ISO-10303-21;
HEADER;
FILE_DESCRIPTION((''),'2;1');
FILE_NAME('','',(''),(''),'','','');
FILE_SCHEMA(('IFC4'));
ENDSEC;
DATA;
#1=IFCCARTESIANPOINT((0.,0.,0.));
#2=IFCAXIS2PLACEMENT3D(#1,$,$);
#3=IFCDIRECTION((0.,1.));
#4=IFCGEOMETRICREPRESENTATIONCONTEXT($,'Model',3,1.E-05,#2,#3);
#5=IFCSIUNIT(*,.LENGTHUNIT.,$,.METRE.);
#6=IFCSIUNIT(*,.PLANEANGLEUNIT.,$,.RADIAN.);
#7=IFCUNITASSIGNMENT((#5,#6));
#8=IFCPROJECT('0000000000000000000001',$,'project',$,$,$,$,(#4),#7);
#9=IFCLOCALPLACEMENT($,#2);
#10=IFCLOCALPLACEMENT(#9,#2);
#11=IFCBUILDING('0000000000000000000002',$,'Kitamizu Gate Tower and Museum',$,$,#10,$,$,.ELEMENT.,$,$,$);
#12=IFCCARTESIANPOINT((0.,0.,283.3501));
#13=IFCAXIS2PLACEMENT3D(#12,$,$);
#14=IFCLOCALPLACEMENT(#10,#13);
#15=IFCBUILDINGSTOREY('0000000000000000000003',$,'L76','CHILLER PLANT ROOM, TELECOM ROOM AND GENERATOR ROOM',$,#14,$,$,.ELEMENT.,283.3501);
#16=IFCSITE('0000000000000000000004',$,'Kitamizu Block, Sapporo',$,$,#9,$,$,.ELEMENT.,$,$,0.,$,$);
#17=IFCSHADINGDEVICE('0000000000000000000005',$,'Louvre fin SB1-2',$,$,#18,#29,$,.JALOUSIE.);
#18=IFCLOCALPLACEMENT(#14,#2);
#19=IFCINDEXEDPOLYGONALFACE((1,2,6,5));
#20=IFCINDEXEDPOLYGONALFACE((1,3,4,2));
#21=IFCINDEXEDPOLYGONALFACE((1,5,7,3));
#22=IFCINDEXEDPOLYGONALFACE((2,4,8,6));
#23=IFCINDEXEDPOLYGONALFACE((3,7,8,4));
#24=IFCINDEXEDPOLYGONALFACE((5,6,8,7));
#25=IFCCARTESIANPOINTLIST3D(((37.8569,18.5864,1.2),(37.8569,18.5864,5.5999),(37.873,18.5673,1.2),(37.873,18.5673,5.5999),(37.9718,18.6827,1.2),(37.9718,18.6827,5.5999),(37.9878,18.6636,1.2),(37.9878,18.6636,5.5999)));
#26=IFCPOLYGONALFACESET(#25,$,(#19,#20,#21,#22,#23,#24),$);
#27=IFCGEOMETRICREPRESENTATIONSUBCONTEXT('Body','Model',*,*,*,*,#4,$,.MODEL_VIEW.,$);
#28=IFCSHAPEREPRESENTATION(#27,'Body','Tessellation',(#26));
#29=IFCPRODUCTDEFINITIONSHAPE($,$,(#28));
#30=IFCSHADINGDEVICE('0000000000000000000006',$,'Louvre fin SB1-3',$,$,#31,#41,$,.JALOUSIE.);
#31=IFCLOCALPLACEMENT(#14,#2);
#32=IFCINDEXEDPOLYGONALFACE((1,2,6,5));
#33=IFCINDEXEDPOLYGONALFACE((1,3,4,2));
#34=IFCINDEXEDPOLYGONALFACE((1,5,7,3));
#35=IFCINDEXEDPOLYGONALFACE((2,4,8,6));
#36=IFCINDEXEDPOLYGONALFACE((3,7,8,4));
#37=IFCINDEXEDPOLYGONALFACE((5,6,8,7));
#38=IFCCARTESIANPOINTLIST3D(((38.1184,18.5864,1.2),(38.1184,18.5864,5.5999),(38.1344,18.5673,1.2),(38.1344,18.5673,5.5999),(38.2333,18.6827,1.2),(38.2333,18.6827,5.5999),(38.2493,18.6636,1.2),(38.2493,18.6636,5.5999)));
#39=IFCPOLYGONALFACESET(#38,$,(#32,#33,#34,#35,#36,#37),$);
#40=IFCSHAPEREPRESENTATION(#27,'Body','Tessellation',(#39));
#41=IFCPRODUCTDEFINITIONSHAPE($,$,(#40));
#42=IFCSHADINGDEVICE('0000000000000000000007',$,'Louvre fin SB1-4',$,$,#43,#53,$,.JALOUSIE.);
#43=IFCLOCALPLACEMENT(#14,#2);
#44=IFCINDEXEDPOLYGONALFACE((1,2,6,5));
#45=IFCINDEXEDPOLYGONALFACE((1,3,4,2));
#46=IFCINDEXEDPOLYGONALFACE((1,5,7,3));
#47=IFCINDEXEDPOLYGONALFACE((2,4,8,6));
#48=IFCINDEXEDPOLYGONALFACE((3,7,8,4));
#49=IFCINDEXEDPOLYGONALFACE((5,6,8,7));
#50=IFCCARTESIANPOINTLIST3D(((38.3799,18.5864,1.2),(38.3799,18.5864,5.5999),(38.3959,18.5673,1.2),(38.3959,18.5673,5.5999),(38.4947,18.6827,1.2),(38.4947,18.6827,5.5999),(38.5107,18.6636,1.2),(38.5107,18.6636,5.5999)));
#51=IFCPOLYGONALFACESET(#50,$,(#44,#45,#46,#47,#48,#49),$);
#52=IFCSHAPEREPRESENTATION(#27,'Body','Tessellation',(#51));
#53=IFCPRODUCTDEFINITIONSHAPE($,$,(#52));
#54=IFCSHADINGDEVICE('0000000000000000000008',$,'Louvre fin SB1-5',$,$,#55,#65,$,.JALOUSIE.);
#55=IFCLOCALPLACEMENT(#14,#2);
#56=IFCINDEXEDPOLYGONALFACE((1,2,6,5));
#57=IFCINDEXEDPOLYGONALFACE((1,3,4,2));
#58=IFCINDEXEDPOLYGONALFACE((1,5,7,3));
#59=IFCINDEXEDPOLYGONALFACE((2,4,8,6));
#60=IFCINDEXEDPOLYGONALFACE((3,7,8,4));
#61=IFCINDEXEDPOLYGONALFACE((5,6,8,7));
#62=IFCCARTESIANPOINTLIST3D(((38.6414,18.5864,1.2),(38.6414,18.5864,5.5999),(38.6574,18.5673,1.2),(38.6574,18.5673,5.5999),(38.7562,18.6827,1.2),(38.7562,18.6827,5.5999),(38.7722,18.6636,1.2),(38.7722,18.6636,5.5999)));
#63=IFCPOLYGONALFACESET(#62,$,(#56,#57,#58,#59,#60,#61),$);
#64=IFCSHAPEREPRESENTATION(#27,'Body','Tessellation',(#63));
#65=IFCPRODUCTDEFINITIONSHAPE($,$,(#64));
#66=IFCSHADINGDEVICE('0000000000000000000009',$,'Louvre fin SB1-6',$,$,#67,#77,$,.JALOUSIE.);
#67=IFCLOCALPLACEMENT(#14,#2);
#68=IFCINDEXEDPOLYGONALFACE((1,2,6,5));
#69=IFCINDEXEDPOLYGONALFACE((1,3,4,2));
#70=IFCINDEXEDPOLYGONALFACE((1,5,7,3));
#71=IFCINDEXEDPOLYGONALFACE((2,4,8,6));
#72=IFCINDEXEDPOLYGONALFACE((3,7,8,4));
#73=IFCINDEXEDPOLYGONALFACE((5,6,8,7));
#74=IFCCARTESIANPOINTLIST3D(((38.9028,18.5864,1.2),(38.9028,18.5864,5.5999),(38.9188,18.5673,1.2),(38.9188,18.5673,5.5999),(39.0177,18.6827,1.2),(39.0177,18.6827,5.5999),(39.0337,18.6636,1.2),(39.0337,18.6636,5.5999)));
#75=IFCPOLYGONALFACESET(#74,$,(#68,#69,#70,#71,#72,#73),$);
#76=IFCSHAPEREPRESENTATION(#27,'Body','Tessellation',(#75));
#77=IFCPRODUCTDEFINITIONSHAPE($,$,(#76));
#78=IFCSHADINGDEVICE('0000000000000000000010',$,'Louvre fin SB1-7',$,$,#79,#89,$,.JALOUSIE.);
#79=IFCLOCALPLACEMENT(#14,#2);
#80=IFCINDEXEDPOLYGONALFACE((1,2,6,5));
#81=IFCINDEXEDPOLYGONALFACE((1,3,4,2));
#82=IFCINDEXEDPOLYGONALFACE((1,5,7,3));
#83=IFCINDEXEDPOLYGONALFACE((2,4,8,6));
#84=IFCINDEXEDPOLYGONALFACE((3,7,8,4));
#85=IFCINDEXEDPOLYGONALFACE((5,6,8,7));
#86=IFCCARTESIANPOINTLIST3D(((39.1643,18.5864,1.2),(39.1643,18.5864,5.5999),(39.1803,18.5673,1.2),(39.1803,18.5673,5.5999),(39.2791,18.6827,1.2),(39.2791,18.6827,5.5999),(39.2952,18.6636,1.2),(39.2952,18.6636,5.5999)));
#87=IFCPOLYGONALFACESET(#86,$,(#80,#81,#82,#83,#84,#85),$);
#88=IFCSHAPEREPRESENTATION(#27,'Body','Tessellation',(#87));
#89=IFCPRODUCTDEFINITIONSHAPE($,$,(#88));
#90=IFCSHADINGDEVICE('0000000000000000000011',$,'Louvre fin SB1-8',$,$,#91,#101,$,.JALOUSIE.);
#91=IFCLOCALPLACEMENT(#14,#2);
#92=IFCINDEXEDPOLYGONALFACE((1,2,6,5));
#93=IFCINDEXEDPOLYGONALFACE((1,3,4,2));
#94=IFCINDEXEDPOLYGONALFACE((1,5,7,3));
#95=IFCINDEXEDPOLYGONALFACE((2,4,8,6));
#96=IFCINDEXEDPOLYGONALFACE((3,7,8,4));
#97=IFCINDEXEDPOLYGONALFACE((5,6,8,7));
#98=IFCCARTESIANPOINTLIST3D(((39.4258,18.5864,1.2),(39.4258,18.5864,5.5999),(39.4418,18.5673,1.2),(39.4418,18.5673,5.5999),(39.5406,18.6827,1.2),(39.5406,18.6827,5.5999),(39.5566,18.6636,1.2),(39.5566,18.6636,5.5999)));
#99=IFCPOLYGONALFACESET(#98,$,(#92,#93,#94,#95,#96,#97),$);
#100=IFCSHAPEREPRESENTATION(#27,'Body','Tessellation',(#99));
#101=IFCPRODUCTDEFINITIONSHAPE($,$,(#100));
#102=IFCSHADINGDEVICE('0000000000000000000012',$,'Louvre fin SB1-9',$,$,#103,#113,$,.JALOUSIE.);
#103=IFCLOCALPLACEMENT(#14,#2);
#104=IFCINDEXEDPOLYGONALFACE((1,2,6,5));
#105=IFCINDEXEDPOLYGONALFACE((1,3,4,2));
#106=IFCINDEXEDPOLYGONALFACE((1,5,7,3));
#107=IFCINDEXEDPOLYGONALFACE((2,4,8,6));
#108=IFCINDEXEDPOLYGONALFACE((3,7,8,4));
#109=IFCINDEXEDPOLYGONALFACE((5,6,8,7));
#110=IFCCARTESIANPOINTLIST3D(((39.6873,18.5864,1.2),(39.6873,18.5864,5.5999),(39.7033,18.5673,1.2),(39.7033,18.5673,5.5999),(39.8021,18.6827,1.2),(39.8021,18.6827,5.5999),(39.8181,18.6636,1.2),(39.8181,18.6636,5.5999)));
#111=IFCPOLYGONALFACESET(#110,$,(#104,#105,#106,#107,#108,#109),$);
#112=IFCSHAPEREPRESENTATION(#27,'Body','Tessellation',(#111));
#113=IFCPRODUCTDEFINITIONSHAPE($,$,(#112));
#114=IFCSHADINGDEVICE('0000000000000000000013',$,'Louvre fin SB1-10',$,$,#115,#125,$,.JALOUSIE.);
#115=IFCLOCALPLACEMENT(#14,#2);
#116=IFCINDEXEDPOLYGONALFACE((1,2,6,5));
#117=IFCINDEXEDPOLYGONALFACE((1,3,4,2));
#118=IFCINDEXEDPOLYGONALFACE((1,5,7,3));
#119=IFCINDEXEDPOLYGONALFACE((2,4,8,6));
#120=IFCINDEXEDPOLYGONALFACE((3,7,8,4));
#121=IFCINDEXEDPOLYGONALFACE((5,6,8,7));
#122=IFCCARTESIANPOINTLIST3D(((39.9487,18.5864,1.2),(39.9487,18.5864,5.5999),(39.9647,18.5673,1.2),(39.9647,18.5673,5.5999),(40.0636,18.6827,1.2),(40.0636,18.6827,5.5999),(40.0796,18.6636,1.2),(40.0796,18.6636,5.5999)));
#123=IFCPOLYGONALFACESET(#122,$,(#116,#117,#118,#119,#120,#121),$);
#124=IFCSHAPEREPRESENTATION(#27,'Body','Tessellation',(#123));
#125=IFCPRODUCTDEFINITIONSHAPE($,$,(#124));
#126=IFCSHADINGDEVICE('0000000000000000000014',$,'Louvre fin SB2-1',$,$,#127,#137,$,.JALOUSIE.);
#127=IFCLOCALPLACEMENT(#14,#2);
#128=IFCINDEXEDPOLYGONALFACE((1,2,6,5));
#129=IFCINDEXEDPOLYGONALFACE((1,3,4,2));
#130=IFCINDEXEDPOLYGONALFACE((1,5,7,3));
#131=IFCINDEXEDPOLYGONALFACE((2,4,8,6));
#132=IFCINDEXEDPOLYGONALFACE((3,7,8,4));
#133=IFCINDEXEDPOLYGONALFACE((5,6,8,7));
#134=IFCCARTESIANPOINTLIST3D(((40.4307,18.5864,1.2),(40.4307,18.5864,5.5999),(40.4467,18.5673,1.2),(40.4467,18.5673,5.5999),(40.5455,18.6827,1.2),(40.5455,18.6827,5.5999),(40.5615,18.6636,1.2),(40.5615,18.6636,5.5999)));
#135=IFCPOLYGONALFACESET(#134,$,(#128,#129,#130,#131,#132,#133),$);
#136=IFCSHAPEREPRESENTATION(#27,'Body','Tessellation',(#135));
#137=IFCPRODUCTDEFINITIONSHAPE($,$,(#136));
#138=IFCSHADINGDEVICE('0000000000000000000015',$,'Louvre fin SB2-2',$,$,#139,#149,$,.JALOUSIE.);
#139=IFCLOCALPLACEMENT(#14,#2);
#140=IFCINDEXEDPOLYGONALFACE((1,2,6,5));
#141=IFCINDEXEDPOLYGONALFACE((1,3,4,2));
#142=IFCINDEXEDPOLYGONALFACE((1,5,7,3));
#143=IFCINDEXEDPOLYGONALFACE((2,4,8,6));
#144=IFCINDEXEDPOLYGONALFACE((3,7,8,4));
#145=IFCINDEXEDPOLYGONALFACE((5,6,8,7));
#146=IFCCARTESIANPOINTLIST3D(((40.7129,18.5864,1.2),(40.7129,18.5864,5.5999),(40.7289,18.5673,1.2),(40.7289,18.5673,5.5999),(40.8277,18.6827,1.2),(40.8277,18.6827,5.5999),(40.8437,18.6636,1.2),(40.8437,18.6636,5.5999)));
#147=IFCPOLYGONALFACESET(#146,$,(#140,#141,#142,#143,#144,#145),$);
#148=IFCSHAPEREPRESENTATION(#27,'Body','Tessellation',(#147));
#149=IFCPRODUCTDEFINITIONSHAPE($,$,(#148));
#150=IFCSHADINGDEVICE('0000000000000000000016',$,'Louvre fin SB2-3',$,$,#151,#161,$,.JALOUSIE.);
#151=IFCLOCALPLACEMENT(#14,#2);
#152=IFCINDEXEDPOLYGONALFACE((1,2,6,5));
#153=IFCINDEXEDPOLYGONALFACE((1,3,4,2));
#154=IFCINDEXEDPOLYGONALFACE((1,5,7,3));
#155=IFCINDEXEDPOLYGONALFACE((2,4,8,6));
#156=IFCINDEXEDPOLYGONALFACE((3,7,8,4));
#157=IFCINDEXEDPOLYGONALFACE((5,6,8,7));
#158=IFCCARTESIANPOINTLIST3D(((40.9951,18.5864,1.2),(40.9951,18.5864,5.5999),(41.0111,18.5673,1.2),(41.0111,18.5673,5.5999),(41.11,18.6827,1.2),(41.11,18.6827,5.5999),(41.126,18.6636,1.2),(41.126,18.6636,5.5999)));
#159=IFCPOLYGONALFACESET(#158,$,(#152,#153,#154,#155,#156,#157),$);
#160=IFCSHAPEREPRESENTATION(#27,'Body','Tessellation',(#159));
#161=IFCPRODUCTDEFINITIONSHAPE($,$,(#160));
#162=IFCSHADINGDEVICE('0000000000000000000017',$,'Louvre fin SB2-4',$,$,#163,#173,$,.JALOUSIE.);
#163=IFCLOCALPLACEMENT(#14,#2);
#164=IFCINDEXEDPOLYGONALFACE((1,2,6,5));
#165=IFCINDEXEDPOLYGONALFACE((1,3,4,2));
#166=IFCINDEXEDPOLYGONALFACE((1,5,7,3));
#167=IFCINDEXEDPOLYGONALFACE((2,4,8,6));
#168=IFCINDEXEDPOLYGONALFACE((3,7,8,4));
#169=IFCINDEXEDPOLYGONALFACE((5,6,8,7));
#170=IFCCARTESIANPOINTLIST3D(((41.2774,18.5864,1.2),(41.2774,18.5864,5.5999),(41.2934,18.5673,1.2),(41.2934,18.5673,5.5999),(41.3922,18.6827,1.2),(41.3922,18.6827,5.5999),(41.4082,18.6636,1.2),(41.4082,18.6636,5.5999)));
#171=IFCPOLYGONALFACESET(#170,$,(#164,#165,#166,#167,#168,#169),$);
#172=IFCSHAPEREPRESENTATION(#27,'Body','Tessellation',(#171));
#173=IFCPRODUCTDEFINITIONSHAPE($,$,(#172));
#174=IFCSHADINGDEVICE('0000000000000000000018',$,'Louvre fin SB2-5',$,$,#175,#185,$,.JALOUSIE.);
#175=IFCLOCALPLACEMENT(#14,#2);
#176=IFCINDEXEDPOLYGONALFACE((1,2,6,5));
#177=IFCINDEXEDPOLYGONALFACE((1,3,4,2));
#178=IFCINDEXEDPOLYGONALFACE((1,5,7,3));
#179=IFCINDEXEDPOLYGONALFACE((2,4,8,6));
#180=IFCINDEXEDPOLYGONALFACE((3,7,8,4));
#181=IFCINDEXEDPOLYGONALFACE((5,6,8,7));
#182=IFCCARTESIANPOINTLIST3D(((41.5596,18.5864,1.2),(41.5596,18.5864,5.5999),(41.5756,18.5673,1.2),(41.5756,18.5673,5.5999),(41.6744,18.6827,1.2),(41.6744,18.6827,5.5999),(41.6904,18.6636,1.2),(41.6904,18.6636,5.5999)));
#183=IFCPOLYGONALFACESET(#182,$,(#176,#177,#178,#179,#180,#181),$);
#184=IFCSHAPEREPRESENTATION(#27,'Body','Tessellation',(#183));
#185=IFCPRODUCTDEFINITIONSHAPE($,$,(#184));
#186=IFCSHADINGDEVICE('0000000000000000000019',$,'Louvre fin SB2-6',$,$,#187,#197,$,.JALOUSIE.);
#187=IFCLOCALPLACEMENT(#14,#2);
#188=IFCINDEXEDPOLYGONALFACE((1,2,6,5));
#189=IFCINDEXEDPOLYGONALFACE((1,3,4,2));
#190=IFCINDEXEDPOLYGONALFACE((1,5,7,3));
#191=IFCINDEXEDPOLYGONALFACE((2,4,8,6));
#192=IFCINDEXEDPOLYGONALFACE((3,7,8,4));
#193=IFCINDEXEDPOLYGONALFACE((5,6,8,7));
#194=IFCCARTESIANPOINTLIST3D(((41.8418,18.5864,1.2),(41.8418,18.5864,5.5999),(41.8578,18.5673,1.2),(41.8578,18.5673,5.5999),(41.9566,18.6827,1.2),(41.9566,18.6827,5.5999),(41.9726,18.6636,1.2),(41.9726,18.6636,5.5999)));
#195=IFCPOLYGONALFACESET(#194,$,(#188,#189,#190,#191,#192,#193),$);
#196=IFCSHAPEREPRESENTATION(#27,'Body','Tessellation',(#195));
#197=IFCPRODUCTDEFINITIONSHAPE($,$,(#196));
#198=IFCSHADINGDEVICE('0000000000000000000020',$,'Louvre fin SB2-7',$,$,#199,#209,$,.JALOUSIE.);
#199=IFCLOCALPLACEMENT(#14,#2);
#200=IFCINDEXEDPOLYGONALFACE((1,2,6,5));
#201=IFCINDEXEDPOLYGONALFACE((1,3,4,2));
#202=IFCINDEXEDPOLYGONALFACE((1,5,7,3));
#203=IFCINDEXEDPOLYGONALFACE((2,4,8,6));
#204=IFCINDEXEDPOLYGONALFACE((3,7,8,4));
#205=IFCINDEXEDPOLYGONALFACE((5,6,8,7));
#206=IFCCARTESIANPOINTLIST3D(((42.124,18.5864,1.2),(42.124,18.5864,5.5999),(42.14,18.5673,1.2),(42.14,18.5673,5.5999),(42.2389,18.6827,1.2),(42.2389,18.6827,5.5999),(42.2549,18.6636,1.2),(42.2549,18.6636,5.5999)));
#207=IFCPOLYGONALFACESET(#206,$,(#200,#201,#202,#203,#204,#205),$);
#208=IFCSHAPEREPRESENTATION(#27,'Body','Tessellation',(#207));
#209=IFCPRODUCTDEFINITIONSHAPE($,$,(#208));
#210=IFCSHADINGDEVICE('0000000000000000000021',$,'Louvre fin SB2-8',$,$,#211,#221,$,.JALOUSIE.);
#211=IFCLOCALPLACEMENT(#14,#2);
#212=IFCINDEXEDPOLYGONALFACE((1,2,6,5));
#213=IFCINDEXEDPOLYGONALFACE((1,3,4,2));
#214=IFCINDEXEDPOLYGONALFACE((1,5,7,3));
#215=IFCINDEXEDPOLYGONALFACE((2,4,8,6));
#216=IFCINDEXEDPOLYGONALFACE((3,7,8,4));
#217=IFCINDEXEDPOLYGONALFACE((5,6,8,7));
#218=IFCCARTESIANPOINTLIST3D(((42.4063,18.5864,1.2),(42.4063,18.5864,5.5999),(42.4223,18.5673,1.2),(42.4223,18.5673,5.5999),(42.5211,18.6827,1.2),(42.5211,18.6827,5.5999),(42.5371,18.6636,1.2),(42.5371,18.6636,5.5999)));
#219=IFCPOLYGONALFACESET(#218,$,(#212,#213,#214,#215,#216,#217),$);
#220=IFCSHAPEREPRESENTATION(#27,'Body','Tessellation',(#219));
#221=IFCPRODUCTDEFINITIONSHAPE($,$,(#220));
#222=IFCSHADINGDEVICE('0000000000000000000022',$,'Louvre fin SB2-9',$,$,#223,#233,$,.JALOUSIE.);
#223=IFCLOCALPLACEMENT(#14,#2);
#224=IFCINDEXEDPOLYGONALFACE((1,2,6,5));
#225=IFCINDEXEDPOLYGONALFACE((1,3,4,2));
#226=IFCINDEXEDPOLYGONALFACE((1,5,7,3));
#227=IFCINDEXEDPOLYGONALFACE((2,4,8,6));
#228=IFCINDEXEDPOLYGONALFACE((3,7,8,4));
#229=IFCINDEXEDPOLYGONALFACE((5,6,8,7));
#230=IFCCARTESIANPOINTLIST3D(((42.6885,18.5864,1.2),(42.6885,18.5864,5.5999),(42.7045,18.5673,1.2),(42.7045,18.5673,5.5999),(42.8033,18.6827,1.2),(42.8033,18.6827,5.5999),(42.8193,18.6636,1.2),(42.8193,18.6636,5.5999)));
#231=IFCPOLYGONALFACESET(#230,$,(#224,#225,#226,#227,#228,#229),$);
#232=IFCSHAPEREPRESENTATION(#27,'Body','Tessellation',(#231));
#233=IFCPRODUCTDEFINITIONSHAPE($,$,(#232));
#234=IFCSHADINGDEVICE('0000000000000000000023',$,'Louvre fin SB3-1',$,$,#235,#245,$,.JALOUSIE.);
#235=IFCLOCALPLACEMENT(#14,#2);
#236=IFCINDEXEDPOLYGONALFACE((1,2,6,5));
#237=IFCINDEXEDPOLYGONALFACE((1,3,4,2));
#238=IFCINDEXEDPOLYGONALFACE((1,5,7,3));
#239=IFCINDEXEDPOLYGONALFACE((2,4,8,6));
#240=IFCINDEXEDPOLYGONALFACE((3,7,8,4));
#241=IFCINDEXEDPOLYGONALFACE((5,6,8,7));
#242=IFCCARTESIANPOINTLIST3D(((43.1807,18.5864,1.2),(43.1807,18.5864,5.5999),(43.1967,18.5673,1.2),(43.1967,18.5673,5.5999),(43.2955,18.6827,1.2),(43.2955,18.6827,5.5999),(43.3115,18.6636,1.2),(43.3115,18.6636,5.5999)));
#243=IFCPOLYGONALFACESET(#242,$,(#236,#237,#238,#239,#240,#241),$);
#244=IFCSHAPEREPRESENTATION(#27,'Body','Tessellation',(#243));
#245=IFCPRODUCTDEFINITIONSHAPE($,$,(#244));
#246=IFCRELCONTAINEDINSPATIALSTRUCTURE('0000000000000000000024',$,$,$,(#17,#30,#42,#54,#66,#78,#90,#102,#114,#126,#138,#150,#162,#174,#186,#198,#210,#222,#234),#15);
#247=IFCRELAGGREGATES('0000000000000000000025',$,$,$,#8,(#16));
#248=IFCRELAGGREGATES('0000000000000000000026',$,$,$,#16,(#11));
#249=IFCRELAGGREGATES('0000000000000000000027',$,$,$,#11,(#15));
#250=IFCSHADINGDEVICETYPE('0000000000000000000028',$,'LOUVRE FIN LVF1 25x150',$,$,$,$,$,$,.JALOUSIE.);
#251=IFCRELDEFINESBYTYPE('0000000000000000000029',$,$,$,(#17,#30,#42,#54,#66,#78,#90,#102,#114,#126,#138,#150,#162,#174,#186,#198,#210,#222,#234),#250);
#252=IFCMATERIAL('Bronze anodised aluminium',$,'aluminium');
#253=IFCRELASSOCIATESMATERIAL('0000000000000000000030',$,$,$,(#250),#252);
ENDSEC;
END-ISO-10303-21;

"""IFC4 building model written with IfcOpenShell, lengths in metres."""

from ifc_helpers import new_model, si_unit, direction, frame, origin, origin_2d, place, context, subcontext, project, spatial, rectangle, extrude, material, material_profile, profile_set, type_object, element, save


model = new_model("IFC4")

# Units and contexts
model_context = context("Model", 3, precision=1e-05, world=origin(), true_north=direction((0.0, 1.0)))
body_context = subcontext(model_context, "Body", "Model", "MODEL_VIEW")
ifc_project = project(units=[si_unit("LENGTHUNIT", "METRE"), si_unit("PLANEANGLEUNIT", "RADIAN")], contexts=[model_context])

# Site, building, storey
site_placement = place(None, origin())
site = spatial("IfcSite", under=ifc_project, at=site_placement, Name="Kitamizu Block, Sapporo", CompositionType="ELEMENT", RefElevation=0.0)
building_placement = place(site_placement, origin())
building = spatial("IfcBuilding", under=site, at=building_placement, Name="Kitamizu Gate Tower and Museum", CompositionType="ELEMENT")
storey_placement = place(building_placement, frame((0.0, 0.0, 283.3501)))
storey = spatial("IfcBuildingStorey", under=building, at=storey_placement, Name="L76", Description="CHILLER PLANT ROOM, TELECOM ROOM AND GENERATOR ROOM", CompositionType="ELEMENT", Elevation=283.3501)

# Shading devices
ifc_material_1 = material(Name="Bronze anodised aluminium", Category="aluminium")
ifc_material_profile_1 = material_profile(ifc_material_1, rectangle(XDim=0.1499, YDim=0.0249, at=origin_2d()), Name="AL 25x150")
ifc_profile_set_1 = profile_set([ifc_material_profile_1], Name="Bronze anodised aluminium")
shading_device_type = type_object("IfcShadingDeviceType", Name="LOUVRE FIN LVF1 25x150", PredefinedType="JALOUSIE", material=ifc_profile_set_1)
for number, where, z_axis, x_axis, name in (
    (1, (37.9224, 18.625, 1.2), (0.0, 0.0, 1.0), (0.766044, 0.642788, 0.0), "Louvre fin SB1-2"),
    (2, (38.1838, 18.625, 1.2), (0.0, 0.0, 1.0), (0.766044, 0.642788, 0.0), "Louvre fin SB1-3"),
    (3, (38.4453, 18.625, 1.2), (0.0, 0.0, 1.0), (0.766044, 0.642788, 0.0), "Louvre fin SB1-4"),
    (4, (38.7068, 18.625, 1.2), (0.0, 0.0, 1.0), (0.766044, 0.642788, 0.0), "Louvre fin SB1-5"),
    (5, (38.9683, 18.625, 1.2), (0.0, 0.0, 1.0), (0.766044, 0.642788, 0.0), "Louvre fin SB1-6"),
    (6, (39.2297, 18.625, 1.2), (0.0, 0.0, 1.0), (0.766044, 0.642788, 0.0), "Louvre fin SB1-7"),
    (7, (39.4912, 18.625, 1.2), (0.0, 0.0, 1.0), (0.766044, 0.642788, 0.0), "Louvre fin SB1-8"),
    (8, (39.7527, 18.625, 1.2), (0.0, 0.0, 1.0), (0.766044, 0.642788, 0.0), "Louvre fin SB1-9"),
    (9, (40.0142, 18.625, 1.2), (0.0, 0.0, 1.0), (0.766044, 0.642788, 0.0), "Louvre fin SB1-10"),
    (10, (40.4961, 18.625, 1.2), (0.0, 0.0, 1.0), (0.766044, 0.642788, 0.0), "Louvre fin SB2-1"),
    (11, (40.7783, 18.625, 1.2), (0.0, 0.0, 1.0), (0.766044, 0.642788, 0.0), "Louvre fin SB2-2"),
    (12, (41.0605, 18.625, 1.2), (0.0, 0.0, 1.0), (0.766044, 0.642788, 0.0), "Louvre fin SB2-3"),
    (13, (41.3428, 18.625, 1.2), (0.0, 0.0, 1.0), (0.766044, 0.642788, 0.0), "Louvre fin SB2-4"),
    (14, (41.625, 18.625, 1.2), (0.0, 0.0, 1.0), (0.766044, 0.642788, 0.0), "Louvre fin SB2-5"),
    (15, (41.9072, 18.625, 1.2), (0.0, 0.0, 1.0), (0.766044, 0.642788, 0.0), "Louvre fin SB2-6"),
    (16, (42.1895, 18.625, 1.2), (0.0, 0.0, 1.0), (0.766044, 0.642788, 0.0), "Louvre fin SB2-7"),
    (17, (42.4717, 18.625, 1.2), (0.0, 0.0, 1.0), (0.766044, 0.642788, 0.0), "Louvre fin SB2-8"),
    (18, (42.7539, 18.625, 1.2), (0.0, 0.0, 1.0), (0.766044, 0.642788, 0.0), "Louvre fin SB2-9"),
    (19, (43.2461, 18.625, 1.2), (0.0, 0.0, 1.0), (0.766044, 0.642788, 0.0), "Louvre fin SB3-1"),
):
    element("IfcShadingDevice", number, at=place(storey_placement, frame(where, z_axis=z_axis, x_axis=x_axis)), inside=storey, type_object=shading_device_type, Name=name, PredefinedType="JALOUSIE", context=body_context, shape_type="SweptSolid", body=[
        extrude(rectangle(XDim=0.1499, YDim=0.0249, at=origin_2d()), origin(), (0.0, 0.0, 1.0), 4.3999),
    ])

save(model, "model.ifc")
